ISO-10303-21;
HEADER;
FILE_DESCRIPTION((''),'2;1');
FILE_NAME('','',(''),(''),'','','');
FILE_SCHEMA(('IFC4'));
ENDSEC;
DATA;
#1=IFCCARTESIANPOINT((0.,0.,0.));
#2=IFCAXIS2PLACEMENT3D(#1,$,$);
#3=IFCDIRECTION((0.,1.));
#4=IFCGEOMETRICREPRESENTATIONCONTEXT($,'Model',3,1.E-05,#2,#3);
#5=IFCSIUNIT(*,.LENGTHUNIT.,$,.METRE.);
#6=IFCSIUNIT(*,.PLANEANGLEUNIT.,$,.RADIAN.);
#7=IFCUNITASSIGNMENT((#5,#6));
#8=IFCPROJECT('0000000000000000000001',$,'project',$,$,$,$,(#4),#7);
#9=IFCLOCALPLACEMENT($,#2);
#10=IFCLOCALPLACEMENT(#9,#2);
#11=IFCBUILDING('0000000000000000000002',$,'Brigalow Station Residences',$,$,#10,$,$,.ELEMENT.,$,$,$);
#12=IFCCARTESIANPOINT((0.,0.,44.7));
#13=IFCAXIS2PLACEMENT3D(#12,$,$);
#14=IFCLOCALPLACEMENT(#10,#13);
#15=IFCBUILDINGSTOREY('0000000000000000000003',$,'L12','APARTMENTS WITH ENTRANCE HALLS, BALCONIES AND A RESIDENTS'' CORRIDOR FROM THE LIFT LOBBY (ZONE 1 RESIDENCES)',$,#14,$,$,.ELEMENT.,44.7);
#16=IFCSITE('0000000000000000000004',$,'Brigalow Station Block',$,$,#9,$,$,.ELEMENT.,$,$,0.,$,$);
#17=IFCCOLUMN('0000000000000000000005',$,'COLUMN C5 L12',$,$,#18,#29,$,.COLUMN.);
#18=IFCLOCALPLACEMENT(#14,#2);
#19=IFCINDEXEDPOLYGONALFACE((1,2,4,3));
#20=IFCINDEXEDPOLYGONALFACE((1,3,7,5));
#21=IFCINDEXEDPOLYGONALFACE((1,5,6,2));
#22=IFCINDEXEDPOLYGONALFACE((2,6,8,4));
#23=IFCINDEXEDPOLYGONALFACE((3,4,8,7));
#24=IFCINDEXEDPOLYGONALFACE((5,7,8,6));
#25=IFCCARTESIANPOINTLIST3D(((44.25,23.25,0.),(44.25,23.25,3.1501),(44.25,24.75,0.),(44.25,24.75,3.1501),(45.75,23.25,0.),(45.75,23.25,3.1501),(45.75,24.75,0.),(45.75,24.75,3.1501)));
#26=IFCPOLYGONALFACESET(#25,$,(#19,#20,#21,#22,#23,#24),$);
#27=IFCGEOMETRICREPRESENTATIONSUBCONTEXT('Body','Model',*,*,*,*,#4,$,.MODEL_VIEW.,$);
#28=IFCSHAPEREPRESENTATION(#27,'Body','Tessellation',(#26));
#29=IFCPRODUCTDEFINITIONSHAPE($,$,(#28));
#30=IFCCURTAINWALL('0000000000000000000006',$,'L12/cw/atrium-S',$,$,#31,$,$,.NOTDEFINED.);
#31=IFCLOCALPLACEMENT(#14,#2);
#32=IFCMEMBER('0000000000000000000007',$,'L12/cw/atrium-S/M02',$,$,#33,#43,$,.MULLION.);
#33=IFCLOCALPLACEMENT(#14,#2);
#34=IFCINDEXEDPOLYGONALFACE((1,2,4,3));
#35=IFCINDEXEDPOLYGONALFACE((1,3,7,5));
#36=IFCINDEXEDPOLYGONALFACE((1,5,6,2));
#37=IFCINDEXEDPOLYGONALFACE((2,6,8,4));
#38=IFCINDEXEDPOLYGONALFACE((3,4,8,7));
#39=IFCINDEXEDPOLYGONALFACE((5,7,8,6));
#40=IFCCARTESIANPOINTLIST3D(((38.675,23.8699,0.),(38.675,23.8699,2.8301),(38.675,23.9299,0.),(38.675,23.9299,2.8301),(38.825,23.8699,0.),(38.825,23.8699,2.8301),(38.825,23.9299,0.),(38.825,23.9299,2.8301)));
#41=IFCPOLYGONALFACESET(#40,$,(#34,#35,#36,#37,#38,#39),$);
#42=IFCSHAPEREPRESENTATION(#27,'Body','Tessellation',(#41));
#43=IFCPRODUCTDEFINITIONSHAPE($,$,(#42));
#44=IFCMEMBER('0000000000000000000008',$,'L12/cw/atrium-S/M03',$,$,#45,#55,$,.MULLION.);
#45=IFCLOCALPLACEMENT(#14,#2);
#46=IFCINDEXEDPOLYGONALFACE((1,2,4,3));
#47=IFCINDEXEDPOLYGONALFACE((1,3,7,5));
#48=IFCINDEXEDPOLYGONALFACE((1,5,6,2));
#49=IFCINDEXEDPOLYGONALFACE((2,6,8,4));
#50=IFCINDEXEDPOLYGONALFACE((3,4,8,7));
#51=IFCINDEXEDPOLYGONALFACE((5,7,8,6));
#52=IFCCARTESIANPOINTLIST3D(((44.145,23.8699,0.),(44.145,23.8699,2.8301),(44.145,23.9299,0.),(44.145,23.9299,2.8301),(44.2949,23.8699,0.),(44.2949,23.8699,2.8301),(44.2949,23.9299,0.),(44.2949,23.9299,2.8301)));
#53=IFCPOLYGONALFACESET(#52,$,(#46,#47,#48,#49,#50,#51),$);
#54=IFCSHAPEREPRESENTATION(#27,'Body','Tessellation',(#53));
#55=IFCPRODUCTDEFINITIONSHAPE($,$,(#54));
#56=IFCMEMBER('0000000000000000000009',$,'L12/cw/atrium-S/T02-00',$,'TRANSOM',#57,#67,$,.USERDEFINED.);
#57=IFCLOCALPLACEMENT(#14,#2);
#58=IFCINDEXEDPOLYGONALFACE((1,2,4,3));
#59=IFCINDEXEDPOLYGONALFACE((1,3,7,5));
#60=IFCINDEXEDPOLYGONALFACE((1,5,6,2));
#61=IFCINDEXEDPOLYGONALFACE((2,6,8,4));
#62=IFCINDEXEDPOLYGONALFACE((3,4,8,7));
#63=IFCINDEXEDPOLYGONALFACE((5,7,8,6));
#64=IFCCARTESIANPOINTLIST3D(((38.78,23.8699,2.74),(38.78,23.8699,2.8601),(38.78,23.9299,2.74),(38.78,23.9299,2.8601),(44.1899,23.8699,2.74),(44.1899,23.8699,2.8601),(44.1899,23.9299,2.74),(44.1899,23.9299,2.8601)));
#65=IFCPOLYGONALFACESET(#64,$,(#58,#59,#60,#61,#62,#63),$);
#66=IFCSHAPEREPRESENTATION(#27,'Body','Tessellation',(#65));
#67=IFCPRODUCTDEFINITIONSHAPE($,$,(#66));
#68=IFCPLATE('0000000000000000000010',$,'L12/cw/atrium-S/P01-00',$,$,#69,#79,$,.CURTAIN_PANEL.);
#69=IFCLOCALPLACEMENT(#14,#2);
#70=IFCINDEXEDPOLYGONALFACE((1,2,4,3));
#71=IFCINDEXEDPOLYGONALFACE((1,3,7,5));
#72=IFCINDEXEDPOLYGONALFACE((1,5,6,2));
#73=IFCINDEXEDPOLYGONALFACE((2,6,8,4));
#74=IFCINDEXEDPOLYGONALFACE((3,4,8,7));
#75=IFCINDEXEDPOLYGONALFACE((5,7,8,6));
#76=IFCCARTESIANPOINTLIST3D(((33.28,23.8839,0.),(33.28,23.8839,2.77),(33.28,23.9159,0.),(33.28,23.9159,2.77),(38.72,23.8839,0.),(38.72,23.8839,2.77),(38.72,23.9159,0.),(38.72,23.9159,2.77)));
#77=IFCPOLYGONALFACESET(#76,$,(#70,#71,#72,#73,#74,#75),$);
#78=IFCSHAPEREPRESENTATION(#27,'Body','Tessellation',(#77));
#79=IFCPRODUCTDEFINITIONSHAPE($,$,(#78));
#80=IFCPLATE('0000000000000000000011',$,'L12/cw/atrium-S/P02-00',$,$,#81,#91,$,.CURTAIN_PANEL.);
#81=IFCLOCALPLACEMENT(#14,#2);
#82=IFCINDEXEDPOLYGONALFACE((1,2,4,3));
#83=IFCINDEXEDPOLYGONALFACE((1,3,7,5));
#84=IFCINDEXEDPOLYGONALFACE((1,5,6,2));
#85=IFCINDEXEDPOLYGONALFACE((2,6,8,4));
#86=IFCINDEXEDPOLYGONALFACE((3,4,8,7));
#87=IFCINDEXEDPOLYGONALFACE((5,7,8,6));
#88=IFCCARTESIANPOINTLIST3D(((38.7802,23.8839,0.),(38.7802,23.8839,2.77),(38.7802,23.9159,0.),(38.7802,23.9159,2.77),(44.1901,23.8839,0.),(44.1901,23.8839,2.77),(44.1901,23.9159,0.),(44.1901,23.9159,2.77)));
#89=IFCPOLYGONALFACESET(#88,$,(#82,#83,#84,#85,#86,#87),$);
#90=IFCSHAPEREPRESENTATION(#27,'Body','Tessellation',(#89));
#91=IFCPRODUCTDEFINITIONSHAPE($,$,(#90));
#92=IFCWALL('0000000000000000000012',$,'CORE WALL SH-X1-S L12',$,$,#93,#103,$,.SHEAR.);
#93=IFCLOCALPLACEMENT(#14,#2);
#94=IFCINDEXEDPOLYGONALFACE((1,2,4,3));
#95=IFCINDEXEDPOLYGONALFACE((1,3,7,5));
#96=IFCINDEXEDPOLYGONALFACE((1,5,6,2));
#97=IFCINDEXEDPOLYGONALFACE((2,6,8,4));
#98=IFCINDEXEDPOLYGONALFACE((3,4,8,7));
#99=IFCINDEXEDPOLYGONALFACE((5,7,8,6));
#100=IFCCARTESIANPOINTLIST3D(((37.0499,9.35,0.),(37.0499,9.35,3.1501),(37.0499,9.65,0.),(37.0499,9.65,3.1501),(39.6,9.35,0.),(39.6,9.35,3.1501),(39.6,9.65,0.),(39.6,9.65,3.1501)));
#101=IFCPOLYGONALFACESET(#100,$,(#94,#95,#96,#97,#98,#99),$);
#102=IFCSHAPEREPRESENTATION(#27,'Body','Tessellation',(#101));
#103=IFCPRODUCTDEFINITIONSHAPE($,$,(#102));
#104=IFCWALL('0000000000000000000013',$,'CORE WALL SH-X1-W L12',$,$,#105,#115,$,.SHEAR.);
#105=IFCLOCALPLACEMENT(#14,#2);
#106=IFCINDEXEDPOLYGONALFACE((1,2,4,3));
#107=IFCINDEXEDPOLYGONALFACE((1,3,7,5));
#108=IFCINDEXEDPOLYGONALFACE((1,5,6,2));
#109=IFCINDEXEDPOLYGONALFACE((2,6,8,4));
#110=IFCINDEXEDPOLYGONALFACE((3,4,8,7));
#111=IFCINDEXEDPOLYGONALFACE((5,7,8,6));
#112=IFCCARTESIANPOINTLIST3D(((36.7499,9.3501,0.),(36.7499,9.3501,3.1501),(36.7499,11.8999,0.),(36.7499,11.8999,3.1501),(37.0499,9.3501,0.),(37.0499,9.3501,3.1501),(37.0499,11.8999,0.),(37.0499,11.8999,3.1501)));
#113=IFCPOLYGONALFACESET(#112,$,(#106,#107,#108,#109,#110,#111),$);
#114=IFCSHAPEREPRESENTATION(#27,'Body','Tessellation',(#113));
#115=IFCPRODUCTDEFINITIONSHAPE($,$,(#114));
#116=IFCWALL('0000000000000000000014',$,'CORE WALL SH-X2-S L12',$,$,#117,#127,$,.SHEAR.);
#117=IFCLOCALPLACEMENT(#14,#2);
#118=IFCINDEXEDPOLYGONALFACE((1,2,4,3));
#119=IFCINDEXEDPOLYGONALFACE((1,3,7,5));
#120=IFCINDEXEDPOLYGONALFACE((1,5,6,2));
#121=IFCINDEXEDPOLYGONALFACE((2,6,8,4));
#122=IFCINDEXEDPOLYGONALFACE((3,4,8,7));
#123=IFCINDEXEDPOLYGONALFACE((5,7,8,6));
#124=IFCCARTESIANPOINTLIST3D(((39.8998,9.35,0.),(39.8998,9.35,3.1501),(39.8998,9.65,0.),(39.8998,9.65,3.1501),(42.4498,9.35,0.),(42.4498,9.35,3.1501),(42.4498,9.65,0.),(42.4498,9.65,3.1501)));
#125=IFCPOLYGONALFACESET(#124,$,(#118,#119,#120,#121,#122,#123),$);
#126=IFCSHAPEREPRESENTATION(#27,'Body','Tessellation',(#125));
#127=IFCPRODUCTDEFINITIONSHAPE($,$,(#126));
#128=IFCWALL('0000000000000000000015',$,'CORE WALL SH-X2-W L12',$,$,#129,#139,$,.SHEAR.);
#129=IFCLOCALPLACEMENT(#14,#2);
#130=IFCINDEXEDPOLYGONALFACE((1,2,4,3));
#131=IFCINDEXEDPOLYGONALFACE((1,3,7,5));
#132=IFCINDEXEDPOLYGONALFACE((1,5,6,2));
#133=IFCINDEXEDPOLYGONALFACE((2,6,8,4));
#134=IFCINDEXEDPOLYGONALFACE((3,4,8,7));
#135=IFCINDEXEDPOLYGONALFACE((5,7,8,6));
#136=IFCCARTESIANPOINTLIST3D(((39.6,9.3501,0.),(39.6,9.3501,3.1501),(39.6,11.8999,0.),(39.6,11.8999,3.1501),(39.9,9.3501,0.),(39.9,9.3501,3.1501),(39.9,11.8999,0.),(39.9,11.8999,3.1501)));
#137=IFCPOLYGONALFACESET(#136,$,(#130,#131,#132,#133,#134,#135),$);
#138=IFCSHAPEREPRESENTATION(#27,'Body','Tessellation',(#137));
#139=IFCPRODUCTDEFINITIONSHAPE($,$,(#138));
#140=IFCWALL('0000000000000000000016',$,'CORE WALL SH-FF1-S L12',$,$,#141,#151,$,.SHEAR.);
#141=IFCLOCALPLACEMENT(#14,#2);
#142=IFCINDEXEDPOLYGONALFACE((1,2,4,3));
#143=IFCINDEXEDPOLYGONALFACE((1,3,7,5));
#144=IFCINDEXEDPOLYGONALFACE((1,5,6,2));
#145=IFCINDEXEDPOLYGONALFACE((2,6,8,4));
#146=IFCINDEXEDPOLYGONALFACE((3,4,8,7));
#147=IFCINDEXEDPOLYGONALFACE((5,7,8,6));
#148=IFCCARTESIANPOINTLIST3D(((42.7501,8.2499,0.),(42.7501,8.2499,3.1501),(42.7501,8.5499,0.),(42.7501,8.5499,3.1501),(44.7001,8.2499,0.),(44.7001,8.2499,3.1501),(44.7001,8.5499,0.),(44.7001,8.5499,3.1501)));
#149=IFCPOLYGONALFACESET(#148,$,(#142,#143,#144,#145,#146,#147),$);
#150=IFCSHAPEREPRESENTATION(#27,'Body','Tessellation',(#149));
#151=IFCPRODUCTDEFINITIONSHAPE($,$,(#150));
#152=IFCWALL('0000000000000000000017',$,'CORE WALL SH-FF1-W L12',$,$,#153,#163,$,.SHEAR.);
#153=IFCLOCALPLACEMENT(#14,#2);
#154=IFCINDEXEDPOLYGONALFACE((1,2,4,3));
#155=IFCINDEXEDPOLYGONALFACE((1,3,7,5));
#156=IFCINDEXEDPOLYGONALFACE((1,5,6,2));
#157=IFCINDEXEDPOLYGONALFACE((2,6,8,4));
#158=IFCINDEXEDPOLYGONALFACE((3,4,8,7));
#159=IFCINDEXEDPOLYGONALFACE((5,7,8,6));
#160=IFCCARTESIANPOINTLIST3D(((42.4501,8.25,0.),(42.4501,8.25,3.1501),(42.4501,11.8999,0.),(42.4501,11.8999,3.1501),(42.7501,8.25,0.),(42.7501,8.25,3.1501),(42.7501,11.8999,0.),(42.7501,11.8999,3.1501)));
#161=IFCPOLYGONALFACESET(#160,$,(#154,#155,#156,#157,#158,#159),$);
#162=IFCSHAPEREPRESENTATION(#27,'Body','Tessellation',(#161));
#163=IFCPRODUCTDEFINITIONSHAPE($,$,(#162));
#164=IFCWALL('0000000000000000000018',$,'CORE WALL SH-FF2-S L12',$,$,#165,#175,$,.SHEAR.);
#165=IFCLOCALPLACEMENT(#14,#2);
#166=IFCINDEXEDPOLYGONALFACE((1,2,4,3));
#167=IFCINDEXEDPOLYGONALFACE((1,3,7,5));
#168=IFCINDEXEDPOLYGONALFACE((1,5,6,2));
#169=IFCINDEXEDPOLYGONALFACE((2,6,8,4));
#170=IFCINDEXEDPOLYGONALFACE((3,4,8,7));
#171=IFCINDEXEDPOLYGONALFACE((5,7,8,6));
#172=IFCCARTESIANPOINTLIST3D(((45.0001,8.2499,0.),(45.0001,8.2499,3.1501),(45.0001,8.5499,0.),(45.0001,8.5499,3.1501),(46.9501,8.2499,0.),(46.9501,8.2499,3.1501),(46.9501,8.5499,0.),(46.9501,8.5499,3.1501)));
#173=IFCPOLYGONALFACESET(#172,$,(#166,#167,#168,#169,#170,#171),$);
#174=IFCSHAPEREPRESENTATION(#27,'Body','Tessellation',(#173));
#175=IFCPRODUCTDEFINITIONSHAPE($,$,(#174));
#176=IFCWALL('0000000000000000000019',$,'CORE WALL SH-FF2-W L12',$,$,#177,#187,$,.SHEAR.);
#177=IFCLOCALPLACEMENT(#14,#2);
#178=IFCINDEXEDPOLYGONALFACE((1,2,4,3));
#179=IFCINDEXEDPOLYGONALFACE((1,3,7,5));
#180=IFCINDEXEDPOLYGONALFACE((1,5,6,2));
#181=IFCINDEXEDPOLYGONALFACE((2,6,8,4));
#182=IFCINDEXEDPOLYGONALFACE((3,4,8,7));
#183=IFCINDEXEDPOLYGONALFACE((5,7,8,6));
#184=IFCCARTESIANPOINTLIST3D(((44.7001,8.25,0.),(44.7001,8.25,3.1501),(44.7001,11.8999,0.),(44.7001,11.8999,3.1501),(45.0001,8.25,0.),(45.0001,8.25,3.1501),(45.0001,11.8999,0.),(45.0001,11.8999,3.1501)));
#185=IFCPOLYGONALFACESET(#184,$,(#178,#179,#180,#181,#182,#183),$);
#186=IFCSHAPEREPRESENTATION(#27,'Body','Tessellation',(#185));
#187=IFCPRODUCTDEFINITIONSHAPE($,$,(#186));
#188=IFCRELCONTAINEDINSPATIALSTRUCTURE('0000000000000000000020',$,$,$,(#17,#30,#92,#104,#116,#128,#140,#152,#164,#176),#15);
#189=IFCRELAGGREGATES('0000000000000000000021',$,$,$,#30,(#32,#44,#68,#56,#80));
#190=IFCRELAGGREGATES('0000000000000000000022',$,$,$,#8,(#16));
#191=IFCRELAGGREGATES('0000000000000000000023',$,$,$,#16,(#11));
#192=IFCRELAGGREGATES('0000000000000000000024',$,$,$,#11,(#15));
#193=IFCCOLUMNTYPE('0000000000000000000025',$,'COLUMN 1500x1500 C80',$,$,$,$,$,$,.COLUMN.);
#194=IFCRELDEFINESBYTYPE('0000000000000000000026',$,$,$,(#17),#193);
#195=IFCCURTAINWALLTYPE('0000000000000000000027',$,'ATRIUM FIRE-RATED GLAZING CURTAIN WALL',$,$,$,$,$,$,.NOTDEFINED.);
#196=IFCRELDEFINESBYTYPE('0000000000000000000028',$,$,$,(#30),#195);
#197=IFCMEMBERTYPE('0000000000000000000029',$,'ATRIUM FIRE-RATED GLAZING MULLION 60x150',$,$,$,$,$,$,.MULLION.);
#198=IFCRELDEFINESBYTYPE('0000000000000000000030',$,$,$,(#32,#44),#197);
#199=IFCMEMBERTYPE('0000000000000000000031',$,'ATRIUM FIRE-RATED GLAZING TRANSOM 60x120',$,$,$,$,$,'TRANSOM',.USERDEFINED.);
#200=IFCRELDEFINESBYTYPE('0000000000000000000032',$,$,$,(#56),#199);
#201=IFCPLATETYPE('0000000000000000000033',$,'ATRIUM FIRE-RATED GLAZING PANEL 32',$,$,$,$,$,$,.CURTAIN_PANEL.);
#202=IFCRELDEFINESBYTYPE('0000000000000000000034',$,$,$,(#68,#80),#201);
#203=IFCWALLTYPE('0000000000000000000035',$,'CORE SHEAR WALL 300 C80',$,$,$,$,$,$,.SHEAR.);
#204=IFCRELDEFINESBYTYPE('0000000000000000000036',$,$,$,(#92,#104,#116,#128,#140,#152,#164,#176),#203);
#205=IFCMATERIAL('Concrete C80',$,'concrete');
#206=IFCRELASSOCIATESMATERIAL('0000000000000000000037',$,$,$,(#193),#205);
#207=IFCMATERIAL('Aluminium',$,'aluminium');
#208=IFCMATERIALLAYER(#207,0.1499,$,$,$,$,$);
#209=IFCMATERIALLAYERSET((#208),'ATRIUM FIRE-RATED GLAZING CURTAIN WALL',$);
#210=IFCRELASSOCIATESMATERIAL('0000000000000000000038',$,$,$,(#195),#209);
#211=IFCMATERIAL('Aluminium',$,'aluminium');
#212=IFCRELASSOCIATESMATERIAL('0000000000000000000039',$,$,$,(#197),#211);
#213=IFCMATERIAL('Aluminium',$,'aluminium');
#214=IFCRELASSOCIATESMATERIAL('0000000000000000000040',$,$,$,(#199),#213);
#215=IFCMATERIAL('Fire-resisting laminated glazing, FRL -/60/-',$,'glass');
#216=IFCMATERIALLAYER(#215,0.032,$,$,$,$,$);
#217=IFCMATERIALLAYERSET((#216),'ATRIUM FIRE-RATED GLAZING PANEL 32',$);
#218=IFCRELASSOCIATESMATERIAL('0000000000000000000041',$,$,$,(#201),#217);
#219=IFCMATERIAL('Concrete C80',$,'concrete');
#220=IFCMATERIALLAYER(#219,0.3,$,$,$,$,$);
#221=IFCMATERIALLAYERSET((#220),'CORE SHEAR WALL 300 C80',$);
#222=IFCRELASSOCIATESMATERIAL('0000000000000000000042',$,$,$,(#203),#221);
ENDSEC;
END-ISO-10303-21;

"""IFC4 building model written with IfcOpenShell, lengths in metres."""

from ifc_helpers import new_model, si_unit, direction, frame, frame_2d, origin, origin_2d, place, context, subcontext, project, spatial, rectangle, extrude, material, layer, layer_set, material_profile, profile_set, type_object, element, aggregate, save


model = new_model("IFC4")

# Units and contexts
model_context = context("Model", 3, precision=1e-05, world=origin(), true_north=direction((0.0, 1.0)))
body_context = subcontext(model_context, "Body", "Model", "MODEL_VIEW")
ifc_project = project(units=[si_unit("LENGTHUNIT", "METRE"), si_unit("PLANEANGLEUNIT", "RADIAN")], contexts=[model_context])

# Site, building, storey
site_placement = place(None, origin())
site = spatial("IfcSite", under=ifc_project, at=site_placement, Name="Brigalow Station Block", CompositionType="ELEMENT", RefElevation=0.0)
building_placement = place(site_placement, origin())
building = spatial("IfcBuilding", under=site, at=building_placement, Name="Brigalow Station Residences", CompositionType="ELEMENT")
storey_placement = place(building_placement, frame((0.0, 0.0, 44.7)))
storey = spatial("IfcBuildingStorey", under=building, at=storey_placement, Name="L12", Description="APARTMENTS WITH ENTRANCE HALLS, BALCONIES AND A RESIDENTS' CORRIDOR FROM THE LIFT LOBBY (ZONE 1 RESIDENCES)", CompositionType="ELEMENT", Elevation=44.7)

# Column
ifc_material_1 = material(Name="Concrete C80", Category="concrete")
ifc_material_profile_1 = material_profile(ifc_material_1, rectangle(XDim=1.5, YDim=1.5, at=origin_2d()), Name="RC1500x1500")
ifc_profile_set_1 = profile_set([ifc_material_profile_1], Name="Concrete C80")
column_type = type_object("IfcColumnType", Name="COLUMN 1500x1500 C80", PredefinedType="COLUMN", material=ifc_profile_set_1)
column_placement = place(storey_placement, frame((45.0, 24.0, 0.0), z_axis=(0.0, 0.0, 1.0), x_axis=(1.0, 0.0, 0.0)))
element("IfcColumn", 1, at=column_placement, inside=storey, type_object=column_type, Name="COLUMN C5 L12", PredefinedType="COLUMN", context=body_context, shape_type="SweptSolid", body=[
    extrude(rectangle(XDim=1.5, YDim=1.5, at=origin_2d()), origin(), (0.0, 0.0, 1.0), 3.1501),
])

# Curtain wall, members, plates
ifc_material_2 = material(Name="Aluminium", Category="aluminium")
ifc_layer_1 = layer(ifc_material_2, 0.1499)
ifc_layer_set_1 = layer_set([ifc_layer_1], Name="ATRIUM FIRE-RATED GLAZING CURTAIN WALL")
curtain_wall_type = type_object("IfcCurtainWallType", Name="ATRIUM FIRE-RATED GLAZING CURTAIN WALL", PredefinedType="NOTDEFINED", material=ifc_layer_set_1)
curtain_wall_placement = place(storey_placement, origin())
curtain_wall = element("IfcCurtainWall", 2, at=curtain_wall_placement, inside=storey, type_object=curtain_wall_type, Name="L12/cw/atrium-S", PredefinedType="NOTDEFINED")
ifc_material_3 = material(Name="Aluminium", Category="aluminium")
ifc_material_profile_2 = material_profile(ifc_material_3, rectangle(XDim=0.0601, YDim=0.1499, at=origin_2d()), Name="ATRIUM FIRE-RATED GLAZING MULLION 60x150")
ifc_profile_set_2 = profile_set([ifc_material_profile_2], Name="Aluminium")
member_type_1 = type_object("IfcMemberType", Name="ATRIUM FIRE-RATED GLAZING MULLION 60x150", PredefinedType="MULLION", material=ifc_profile_set_2)
member_1_placement = place(storey_placement, frame((38.75, 23.8999, 0.0), z_axis=(0.0, 0.0, 1.0), x_axis=(0.0, 1.0, 0.0)))
member_1 = element("IfcMember", 3, at=member_1_placement, type_object=member_type_1, Name="L12/cw/atrium-S/M02", PredefinedType="MULLION", context=body_context, shape_type="SweptSolid", body=[
    extrude(rectangle(XDim=0.0601, YDim=0.1499, at=origin_2d()), origin(), (0.0, 0.0, 1.0), 2.8301),
])
member_2_placement = place(storey_placement, frame((44.22, 23.8999, 0.0), z_axis=(0.0, 0.0, 1.0), x_axis=(0.0, 1.0, 0.0)))
member_2 = element("IfcMember", 4, at=member_2_placement, type_object=member_type_1, Name="L12/cw/atrium-S/M03", PredefinedType="MULLION", context=body_context, shape_type="SweptSolid", body=[
    extrude(rectangle(XDim=0.0601, YDim=0.1499, at=origin_2d()), origin(), (0.0, 0.0, 1.0), 2.8301),
])
ifc_material_4 = material(Name="Aluminium", Category="aluminium")
ifc_material_profile_3 = material_profile(ifc_material_4, rectangle(XDim=0.0601, YDim=0.1201, at=origin_2d()), Name="ATRIUM FIRE-RATED GLAZING TRANSOM 60x120")
ifc_profile_set_3 = profile_set([ifc_material_profile_3], Name="Aluminium")
member_type_2 = type_object("IfcMemberType", Name="ATRIUM FIRE-RATED GLAZING TRANSOM 60x120", ElementType="TRANSOM", PredefinedType="USERDEFINED", material=ifc_profile_set_3)
member_3_placement = place(storey_placement, frame((38.78, 23.8999, 2.8), z_axis=(1.0, 0.0, 0.0), x_axis=(0.0, 1.0, 0.0)))
member_3 = element("IfcMember", 5, at=member_3_placement, type_object=member_type_2, Name="L12/cw/atrium-S/T02-00", ObjectType="TRANSOM", PredefinedType="USERDEFINED", context=body_context, shape_type="SweptSolid", body=[
    extrude(rectangle(XDim=0.0601, YDim=0.1201, at=origin_2d()), origin(), (0.0, 0.0, 1.0), 5.4099),
])
ifc_material_5 = material(Name="Fire-resisting laminated glazing, FRL -/60/-", Category="glass")
ifc_layer_2 = layer(ifc_material_5, 0.032)
ifc_layer_set_2 = layer_set([ifc_layer_2], Name="ATRIUM FIRE-RATED GLAZING PANEL 32")
plate_type = type_object("IfcPlateType", Name="ATRIUM FIRE-RATED GLAZING PANEL 32", PredefinedType="CURTAIN_PANEL", material=ifc_layer_set_2)
plate_1_placement = place(storey_placement, frame((36.0, 23.8999, 0.0), z_axis=(0.0, 0.0, 1.0), x_axis=(1.0, 0.0, 0.0)))
plate_1 = element("IfcPlate", 6, at=plate_1_placement, type_object=plate_type, Name="L12/cw/atrium-S/P01-00", PredefinedType="CURTAIN_PANEL", context=body_context, shape_type="SweptSolid", body=[
    extrude(rectangle(XDim=5.4399, YDim=0.032, at=origin_2d()), origin(), (0.0, 0.0, 1.0), 2.77),
])
plate_2_placement = place(storey_placement, frame((41.4851, 23.8999, 0.0), z_axis=(0.0, 0.0, 1.0), x_axis=(1.0, 0.0, 0.0)))
plate_2 = element("IfcPlate", 7, at=plate_2_placement, type_object=plate_type, Name="L12/cw/atrium-S/P02-00", PredefinedType="CURTAIN_PANEL", context=body_context, shape_type="SweptSolid", body=[
    extrude(rectangle(XDim=5.4099, YDim=0.032, at=origin_2d()), origin(), (0.0, 0.0, 1.0), 2.77),
])
aggregate(curtain_wall, [member_1, member_2, plate_1, member_3, plate_2])

# Walls
ifc_material_6 = material(Name="Concrete C80", Category="concrete")
ifc_layer_3 = layer(ifc_material_6, 0.3)
ifc_layer_set_3 = layer_set([ifc_layer_3], Name="CORE SHEAR WALL 300 C80")
wall_type_1 = type_object("IfcWallType", Name="CORE SHEAR WALL 300 C80", PredefinedType="SHEAR", material=ifc_layer_set_3)
wall_1_placement = place(storey_placement, frame((37.05, 9.5, 0.0), z_axis=(0.0, 0.0, 1.0), x_axis=(1.0, 0.0, 0.0)))
element("IfcWall", 8, at=wall_1_placement, inside=storey, type_object=wall_type_1, Name="CORE WALL SH-X1-S L12", PredefinedType="SHEAR", context=body_context, shape_type="SweptSolid", body=[
    extrude(rectangle(XDim=2.55, YDim=0.3, at=frame_2d((1.2749, 0.0))), origin(), (0.0, 0.0, 1.0), 3.1501),
])
wall_2_placement = place(storey_placement, frame((36.8999, 9.3501, 0.0), z_axis=(0.0, 0.0, 1.0), x_axis=(0.0, 1.0, 0.0)))
element("IfcWall", 9, at=wall_2_placement, inside=storey, type_object=wall_type_1, Name="CORE WALL SH-X1-W L12", PredefinedType="SHEAR", context=body_context, shape_type="SweptSolid", body=[
    extrude(rectangle(XDim=2.5498, YDim=0.3, at=frame_2d((1.2749, 0.0))), origin(), (0.0, 0.0, 1.0), 3.1501),
])
wall_3_placement = place(storey_placement, frame((39.8999, 9.5, 0.0), z_axis=(0.0, 0.0, 1.0), x_axis=(1.0, 0.0, 0.0)))
element("IfcWall", 10, at=wall_3_placement, inside=storey, type_object=wall_type_1, Name="CORE WALL SH-X2-S L12", PredefinedType="SHEAR", context=body_context, shape_type="SweptSolid", body=[
    extrude(rectangle(XDim=2.55, YDim=0.3, at=frame_2d((1.2749, 0.0))), origin(), (0.0, 0.0, 1.0), 3.1501),
])
wall_4_placement = place(storey_placement, frame((39.75, 9.3501, 0.0), z_axis=(0.0, 0.0, 1.0), x_axis=(0.0, 1.0, 0.0)))
element("IfcWall", 11, at=wall_4_placement, inside=storey, type_object=wall_type_1, Name="CORE WALL SH-X2-W L12", PredefinedType="SHEAR", context=body_context, shape_type="SweptSolid", body=[
    extrude(rectangle(XDim=2.5498, YDim=0.3, at=frame_2d((1.2749, 0.0))), origin(), (0.0, 0.0, 1.0), 3.1501),
])
wall_5_placement = place(storey_placement, frame((42.75, 8.3999, 0.0), z_axis=(0.0, 0.0, 1.0), x_axis=(1.0, 0.0, 0.0)))
element("IfcWall", 12, at=wall_5_placement, inside=storey, type_object=wall_type_1, Name="CORE WALL SH-FF1-S L12", PredefinedType="SHEAR", context=body_context, shape_type="SweptSolid", body=[
    extrude(rectangle(XDim=1.95, YDim=0.3, at=frame_2d((0.9751, 0.0))), origin(), (0.0, 0.0, 1.0), 3.1501),
])
wall_6_placement = place(storey_placement, frame((42.6001, 8.25, 0.0), z_axis=(0.0, 0.0, 1.0), x_axis=(0.0, 1.0, 0.0)))
element("IfcWall", 13, at=wall_6_placement, inside=storey, type_object=wall_type_1, Name="CORE WALL SH-FF1-W L12", PredefinedType="SHEAR", context=body_context, shape_type="SweptSolid", body=[
    extrude(rectangle(XDim=3.6499, YDim=0.3, at=frame_2d((1.825, 0.0))), origin(), (0.0, 0.0, 1.0), 3.1501),
])
wall_7_placement = place(storey_placement, frame((45.0, 8.3999, 0.0), z_axis=(0.0, 0.0, 1.0), x_axis=(1.0, 0.0, 0.0)))
element("IfcWall", 14, at=wall_7_placement, inside=storey, type_object=wall_type_1, Name="CORE WALL SH-FF2-S L12", PredefinedType="SHEAR", context=body_context, shape_type="SweptSolid", body=[
    extrude(rectangle(XDim=1.95, YDim=0.3, at=frame_2d((0.9751, 0.0))), origin(), (0.0, 0.0, 1.0), 3.1501),
])
wall_8_placement = place(storey_placement, frame((44.8501, 8.25, 0.0), z_axis=(0.0, 0.0, 1.0), x_axis=(0.0, 1.0, 0.0)))
element("IfcWall", 15, at=wall_8_placement, inside=storey, type_object=wall_type_1, Name="CORE WALL SH-FF2-W L12", PredefinedType="SHEAR", context=body_context, shape_type="SweptSolid", body=[
    extrude(rectangle(XDim=3.6499, YDim=0.3, at=frame_2d((1.825, 0.0))), origin(), (0.0, 0.0, 1.0), 3.1501),
])

save(model, "model.ifc")
